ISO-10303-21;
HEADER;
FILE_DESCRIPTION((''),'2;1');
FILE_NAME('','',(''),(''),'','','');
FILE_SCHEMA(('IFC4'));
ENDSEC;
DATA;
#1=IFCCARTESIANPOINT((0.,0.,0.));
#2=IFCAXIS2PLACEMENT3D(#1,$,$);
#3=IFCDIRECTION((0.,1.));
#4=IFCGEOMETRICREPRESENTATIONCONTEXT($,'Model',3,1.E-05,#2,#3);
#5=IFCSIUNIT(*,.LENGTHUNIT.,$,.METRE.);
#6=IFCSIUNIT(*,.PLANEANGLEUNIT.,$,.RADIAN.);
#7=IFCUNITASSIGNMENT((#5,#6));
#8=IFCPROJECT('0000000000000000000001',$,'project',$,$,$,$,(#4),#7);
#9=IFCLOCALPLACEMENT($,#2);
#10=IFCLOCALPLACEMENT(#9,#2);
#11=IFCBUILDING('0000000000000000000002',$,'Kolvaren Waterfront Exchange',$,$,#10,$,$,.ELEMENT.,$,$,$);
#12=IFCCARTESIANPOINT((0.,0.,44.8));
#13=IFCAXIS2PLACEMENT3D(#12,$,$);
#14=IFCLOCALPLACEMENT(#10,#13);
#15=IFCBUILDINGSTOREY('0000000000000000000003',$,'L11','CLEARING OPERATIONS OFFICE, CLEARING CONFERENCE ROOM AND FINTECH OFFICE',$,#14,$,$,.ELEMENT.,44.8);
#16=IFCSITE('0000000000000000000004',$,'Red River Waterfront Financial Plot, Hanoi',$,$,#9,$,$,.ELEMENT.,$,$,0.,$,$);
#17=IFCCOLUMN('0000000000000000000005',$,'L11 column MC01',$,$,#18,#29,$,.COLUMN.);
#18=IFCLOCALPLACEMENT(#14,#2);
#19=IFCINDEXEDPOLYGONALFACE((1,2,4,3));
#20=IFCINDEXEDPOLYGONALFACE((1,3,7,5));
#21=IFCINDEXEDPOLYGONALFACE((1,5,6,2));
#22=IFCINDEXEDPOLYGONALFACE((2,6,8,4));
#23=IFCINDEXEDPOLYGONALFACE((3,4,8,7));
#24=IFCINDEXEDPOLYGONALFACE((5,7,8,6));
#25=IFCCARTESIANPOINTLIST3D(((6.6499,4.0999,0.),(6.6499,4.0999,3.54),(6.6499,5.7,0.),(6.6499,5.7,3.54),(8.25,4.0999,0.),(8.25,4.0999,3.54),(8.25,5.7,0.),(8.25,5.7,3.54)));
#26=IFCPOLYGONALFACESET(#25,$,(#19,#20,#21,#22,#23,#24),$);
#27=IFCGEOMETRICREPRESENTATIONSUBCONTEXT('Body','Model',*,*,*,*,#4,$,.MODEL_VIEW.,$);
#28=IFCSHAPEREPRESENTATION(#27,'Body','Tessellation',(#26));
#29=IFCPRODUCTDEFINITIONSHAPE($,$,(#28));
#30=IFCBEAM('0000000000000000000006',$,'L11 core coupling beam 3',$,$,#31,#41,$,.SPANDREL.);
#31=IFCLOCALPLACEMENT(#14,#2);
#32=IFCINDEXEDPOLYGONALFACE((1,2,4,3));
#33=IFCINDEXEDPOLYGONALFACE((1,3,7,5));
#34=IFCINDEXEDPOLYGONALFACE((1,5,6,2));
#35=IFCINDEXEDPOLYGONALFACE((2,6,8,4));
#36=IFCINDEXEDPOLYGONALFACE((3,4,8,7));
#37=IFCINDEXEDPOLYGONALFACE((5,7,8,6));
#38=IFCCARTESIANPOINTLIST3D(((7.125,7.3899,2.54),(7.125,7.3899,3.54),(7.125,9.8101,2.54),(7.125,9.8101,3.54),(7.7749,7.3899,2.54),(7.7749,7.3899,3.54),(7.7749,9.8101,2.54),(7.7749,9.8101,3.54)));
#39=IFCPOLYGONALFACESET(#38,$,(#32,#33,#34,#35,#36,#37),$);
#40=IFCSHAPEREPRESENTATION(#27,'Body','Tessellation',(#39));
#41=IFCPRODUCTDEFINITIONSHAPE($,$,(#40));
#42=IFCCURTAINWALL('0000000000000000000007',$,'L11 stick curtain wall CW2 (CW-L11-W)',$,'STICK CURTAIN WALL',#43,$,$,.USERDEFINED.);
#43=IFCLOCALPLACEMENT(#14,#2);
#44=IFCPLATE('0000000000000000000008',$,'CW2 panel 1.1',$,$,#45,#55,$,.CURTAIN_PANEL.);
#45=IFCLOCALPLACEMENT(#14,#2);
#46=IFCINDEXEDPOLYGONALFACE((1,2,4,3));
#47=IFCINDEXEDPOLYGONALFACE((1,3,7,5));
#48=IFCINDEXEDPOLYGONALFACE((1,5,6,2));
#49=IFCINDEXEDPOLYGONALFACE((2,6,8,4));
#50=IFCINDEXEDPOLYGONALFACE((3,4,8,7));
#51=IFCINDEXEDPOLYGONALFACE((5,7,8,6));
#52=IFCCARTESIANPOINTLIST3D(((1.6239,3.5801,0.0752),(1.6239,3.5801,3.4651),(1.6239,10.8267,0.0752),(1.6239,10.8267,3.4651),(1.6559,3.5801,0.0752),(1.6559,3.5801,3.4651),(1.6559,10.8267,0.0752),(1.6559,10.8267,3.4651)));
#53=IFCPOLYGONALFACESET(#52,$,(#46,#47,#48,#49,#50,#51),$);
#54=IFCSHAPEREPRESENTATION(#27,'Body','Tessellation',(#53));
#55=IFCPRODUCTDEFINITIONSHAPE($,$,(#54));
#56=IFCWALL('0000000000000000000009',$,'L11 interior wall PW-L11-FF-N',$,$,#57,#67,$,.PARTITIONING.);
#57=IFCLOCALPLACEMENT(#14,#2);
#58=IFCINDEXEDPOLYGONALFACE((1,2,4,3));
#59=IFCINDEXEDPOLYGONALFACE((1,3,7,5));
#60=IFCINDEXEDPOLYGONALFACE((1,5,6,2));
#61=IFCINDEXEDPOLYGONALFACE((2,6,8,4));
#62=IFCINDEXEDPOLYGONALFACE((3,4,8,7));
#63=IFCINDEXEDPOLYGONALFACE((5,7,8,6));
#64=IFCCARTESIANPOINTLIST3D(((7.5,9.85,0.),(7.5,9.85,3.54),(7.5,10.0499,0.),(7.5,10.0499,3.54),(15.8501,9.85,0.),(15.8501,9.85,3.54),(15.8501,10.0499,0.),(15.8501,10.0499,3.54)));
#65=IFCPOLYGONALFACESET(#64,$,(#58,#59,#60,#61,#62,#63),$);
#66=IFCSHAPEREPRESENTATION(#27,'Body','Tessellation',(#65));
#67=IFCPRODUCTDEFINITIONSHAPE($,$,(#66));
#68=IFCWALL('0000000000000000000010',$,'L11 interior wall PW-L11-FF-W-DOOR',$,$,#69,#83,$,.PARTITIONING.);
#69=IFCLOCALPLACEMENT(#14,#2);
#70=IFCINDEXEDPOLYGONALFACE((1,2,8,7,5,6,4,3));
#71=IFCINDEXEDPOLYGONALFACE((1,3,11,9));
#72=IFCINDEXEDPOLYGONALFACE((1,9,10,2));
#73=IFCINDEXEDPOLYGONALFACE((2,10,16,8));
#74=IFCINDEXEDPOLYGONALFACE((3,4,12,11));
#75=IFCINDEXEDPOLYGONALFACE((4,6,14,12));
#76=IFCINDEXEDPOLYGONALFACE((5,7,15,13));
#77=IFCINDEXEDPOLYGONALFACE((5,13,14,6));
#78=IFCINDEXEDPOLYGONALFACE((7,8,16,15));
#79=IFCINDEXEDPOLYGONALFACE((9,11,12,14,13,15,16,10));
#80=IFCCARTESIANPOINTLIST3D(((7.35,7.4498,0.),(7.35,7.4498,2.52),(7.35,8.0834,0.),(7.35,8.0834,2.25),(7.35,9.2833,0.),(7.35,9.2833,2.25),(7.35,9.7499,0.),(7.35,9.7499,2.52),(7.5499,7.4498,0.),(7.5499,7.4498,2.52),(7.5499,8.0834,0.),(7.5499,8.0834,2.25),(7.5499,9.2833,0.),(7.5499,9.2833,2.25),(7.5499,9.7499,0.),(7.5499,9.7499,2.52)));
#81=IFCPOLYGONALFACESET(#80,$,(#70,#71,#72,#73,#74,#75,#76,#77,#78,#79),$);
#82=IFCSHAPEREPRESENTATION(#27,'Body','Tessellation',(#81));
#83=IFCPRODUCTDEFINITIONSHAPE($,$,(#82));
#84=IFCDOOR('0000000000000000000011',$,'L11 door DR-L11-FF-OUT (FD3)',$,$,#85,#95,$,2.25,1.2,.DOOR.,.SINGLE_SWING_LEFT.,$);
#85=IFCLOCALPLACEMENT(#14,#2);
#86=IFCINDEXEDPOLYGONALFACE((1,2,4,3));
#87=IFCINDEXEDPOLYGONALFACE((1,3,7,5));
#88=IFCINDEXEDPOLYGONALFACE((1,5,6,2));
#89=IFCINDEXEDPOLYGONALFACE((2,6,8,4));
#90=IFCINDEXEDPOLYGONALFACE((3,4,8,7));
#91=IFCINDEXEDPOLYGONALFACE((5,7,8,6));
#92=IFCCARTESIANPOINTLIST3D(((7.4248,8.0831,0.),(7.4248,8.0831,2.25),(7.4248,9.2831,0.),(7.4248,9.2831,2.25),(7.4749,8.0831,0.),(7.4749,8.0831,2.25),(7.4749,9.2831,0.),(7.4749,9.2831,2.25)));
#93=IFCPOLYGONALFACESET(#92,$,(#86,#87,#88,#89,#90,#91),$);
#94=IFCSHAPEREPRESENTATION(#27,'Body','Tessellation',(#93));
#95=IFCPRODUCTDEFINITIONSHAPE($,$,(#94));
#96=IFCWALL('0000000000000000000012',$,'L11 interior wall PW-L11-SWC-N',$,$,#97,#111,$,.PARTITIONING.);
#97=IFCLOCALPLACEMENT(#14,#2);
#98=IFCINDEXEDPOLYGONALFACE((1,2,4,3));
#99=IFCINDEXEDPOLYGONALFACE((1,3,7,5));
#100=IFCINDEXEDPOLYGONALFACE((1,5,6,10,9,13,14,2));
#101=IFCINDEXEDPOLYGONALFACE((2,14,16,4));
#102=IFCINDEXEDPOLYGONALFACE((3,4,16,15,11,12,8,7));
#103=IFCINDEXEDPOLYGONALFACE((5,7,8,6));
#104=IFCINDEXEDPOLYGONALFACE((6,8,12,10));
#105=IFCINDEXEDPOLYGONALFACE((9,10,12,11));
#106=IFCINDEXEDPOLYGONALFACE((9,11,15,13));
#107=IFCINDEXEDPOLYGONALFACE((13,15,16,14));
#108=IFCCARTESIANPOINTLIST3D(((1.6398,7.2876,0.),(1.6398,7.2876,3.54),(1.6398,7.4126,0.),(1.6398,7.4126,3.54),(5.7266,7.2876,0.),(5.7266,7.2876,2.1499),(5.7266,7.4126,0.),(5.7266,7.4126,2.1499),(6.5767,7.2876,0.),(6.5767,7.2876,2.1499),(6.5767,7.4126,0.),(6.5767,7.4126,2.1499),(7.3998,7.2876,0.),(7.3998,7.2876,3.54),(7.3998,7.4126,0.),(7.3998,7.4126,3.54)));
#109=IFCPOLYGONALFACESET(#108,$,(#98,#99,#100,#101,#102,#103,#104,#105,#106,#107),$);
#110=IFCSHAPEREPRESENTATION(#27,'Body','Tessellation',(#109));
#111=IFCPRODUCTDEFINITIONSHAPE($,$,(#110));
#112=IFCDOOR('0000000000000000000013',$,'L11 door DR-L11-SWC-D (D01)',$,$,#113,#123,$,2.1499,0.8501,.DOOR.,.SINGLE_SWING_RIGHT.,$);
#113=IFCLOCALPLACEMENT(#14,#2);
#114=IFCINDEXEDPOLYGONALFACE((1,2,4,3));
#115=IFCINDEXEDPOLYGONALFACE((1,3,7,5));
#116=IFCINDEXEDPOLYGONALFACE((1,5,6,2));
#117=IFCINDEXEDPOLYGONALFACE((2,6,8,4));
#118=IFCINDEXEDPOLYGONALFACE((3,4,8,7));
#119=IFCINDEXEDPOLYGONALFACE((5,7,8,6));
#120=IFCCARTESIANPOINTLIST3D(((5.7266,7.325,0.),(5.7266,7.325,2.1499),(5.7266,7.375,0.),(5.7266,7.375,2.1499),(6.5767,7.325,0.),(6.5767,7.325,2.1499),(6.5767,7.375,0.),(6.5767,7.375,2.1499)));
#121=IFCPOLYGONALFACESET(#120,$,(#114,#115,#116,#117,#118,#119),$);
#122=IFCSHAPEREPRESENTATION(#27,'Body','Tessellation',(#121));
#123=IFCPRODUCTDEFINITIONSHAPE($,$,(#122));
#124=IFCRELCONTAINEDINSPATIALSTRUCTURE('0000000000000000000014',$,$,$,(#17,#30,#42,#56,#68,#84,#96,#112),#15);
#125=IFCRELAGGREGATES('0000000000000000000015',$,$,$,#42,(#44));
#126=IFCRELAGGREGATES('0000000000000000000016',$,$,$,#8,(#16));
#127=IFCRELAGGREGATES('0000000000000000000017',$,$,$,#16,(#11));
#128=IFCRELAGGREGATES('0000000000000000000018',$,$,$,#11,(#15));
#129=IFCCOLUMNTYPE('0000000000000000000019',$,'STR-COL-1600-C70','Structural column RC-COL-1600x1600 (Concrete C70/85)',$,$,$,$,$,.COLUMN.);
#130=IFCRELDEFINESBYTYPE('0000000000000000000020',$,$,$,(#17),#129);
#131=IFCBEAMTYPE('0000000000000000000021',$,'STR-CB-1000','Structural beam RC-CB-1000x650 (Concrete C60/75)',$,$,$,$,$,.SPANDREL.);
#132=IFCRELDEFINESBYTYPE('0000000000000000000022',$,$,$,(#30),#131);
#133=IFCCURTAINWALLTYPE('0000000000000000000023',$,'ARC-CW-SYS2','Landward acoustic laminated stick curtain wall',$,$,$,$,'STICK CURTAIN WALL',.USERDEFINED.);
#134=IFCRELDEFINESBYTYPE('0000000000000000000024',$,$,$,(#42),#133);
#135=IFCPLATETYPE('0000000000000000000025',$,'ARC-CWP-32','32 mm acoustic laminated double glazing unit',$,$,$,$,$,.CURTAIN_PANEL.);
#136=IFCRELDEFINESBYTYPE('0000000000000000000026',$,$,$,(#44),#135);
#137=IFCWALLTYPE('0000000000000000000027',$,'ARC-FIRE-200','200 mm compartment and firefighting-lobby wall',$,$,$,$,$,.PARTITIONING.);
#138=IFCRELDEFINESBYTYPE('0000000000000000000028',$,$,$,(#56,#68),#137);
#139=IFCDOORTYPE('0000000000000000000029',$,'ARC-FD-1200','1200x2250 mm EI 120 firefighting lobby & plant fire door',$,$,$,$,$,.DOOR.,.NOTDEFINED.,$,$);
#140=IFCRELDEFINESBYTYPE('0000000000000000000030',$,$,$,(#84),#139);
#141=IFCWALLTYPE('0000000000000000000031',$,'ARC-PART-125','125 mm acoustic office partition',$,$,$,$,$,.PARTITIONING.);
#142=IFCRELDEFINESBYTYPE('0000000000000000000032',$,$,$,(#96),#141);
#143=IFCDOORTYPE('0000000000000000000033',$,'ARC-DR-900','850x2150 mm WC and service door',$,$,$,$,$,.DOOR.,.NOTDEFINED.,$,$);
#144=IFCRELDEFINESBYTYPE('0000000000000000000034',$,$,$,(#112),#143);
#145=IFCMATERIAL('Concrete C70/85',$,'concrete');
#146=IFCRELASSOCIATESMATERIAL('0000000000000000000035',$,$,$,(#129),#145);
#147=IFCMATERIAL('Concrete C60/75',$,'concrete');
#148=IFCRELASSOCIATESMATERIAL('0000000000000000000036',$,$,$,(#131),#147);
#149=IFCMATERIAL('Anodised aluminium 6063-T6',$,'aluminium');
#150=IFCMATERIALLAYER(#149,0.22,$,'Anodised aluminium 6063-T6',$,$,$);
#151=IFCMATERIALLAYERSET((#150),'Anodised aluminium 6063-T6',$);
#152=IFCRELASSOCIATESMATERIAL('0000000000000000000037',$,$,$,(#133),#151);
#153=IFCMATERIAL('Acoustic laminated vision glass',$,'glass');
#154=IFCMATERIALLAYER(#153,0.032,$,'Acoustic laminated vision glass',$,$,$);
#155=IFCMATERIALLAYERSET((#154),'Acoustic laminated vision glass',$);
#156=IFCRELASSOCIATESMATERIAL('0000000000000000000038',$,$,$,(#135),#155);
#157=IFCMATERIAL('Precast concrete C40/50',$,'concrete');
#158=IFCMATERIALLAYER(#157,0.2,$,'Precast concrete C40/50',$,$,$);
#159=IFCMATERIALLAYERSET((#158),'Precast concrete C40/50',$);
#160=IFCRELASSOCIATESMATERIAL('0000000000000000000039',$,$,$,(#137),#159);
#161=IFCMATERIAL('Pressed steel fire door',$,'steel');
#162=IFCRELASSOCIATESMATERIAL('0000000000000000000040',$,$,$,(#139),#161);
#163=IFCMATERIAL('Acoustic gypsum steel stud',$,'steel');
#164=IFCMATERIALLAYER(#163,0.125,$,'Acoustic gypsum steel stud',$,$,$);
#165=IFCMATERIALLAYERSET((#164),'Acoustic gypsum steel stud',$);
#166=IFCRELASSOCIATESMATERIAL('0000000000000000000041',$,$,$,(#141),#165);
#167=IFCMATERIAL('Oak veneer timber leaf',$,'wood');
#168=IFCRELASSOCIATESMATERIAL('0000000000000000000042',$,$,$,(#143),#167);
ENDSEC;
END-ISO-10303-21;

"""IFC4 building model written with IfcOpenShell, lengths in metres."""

from ifc_helpers import new_model, si_unit, direction, frame, frame_2d, origin, origin_with_axes, origin_2d, place, context, subcontext, project, spatial, rectangle, extrude, source, transform, mapped, material, layer, layer_set, material_profile, profile_set, type_object, element, fill, aggregate, save


model = new_model("IFC4")

# Units and contexts
model_context = context("Model", 3, precision=1e-05, world=origin(), true_north=direction((0.0, 1.0)))
body_context = subcontext(model_context, "Body", "Model", "MODEL_VIEW")
ifc_project = project(units=[si_unit("LENGTHUNIT", "METRE"), si_unit("PLANEANGLEUNIT", "RADIAN")], contexts=[model_context])

# Site, building, storey
site_placement = place(None, origin())
site = spatial("IfcSite", under=ifc_project, at=site_placement, Name="Red River Waterfront Financial Plot, Hanoi", CompositionType="ELEMENT", RefElevation=0.0)
building_placement = place(site_placement, origin())
building = spatial("IfcBuilding", under=site, at=building_placement, Name="Kolvaren Waterfront Exchange", CompositionType="ELEMENT")
storey_placement = place(building_placement, frame((0.0, 0.0, 44.8)))
storey = spatial("IfcBuildingStorey", under=building, at=storey_placement, Name="L11", Description="CLEARING OPERATIONS OFFICE, CLEARING CONFERENCE ROOM AND FINTECH OFFICE", CompositionType="ELEMENT", Elevation=44.8)

# Column
ifc_material_1 = material(Name="Concrete C70/85", Category="concrete")
ifc_material_profile_1 = material_profile(ifc_material_1, rectangle(XDim=1.6001, YDim=1.6001, at=origin_2d()), Name="RC-COL-1600x1600")
ifc_profile_set_1 = profile_set([ifc_material_profile_1], Name="Concrete C70/85")
column_type = type_object("IfcColumnType", Name="STR-COL-1600-C70", Description="Structural column RC-COL-1600x1600 (Concrete C70/85)", PredefinedType="COLUMN", material=ifc_profile_set_1)
column_placement = place(storey_placement, frame((7.45, 4.8999, 0.0), z_axis=(0.0, 0.0, 1.0), x_axis=(1.0, 0.0, 0.0)))
element("IfcColumn", 1, at=column_placement, inside=storey, type_object=column_type, Name="L11 column MC01", PredefinedType="COLUMN", context=body_context, shape_type="SweptSolid", body=[
    extrude(rectangle(XDim=1.6001, YDim=1.6001, at=origin_2d()), origin(), (0.0, 0.0, 1.0), 3.54),
])

# Beam
ifc_material_2 = material(Name="Concrete C60/75", Category="concrete")
ifc_material_profile_2 = material_profile(ifc_material_2, rectangle(XDim=0.6499, YDim=1.0, at=origin_2d()), Name="RC-CB-1000x650")
ifc_profile_set_2 = profile_set([ifc_material_profile_2], Name="Concrete C60/75")
beam_type = type_object("IfcBeamType", Name="STR-CB-1000", Description="Structural beam RC-CB-1000x650 (Concrete C60/75)", PredefinedType="SPANDREL", material=ifc_profile_set_2)
beam_placement = place(storey_placement, frame((7.45, 7.3899, 3.04), z_axis=(0.0, 1.0, 0.0), x_axis=(-1.0, 0.0, 0.0)))
element("IfcBeam", 2, at=beam_placement, inside=storey, type_object=beam_type, Name="L11 core coupling beam 3", PredefinedType="SPANDREL", context=body_context, shape_type="SweptSolid", body=[
    extrude(rectangle(XDim=0.6499, YDim=1.0, at=origin_2d()), origin(), (0.0, 0.0, 1.0), 2.4202),
])

# Curtain wall, plate
ifc_material_3 = material(Name="Anodised aluminium 6063-T6", Category="aluminium")
ifc_layer_1 = layer(ifc_material_3, 0.22, Name="Anodised aluminium 6063-T6")
ifc_layer_set_1 = layer_set([ifc_layer_1], Name="Anodised aluminium 6063-T6")
curtain_wall_type = type_object("IfcCurtainWallType", Name="ARC-CW-SYS2", Description="Landward acoustic laminated stick curtain wall", ElementType="STICK CURTAIN WALL", PredefinedType="USERDEFINED", material=ifc_layer_set_1)
curtain_wall_placement = place(storey_placement, origin())
curtain_wall = element("IfcCurtainWall", 3, at=curtain_wall_placement, inside=storey, type_object=curtain_wall_type, Name="L11 stick curtain wall CW2 (CW-L11-W)", ObjectType="STICK CURTAIN WALL", PredefinedType="USERDEFINED")
ifc_material_4 = material(Name="Acoustic laminated vision glass", Category="glass")
ifc_layer_2 = layer(ifc_material_4, 0.032, Name="Acoustic laminated vision glass")
ifc_layer_set_2 = layer_set([ifc_layer_2], Name="Acoustic laminated vision glass")
plate_type = type_object("IfcPlateType", Name="ARC-CWP-32", Description="32 mm acoustic laminated double glazing unit", PredefinedType="CURTAIN_PANEL", material=ifc_layer_set_2)
shared_shape = source(origin_with_axes(), body_context, "Body", "SweptSolid", [
    extrude(rectangle(XDim=7.2466, YDim=0.032, at=origin_2d()), origin(), (0.0, 0.0, 1.0), 3.3899),
])
plate_placement = place(storey_placement, frame((1.6399, 7.2034, 0.0752), z_axis=(0.0, 0.0, 1.0), x_axis=(0.0, 1.0, 0.0)))
plate = element("IfcPlate", 4, at=plate_placement, type_object=plate_type, Name="CW2 panel 1.1", PredefinedType="CURTAIN_PANEL", context=body_context, shape_type="MappedRepresentation", body=[
    mapped(shared_shape, transform((0.0, 0.0, 0.0), x_axis=(1.0, 0.0, 0.0), y_axis=(0.0, 1.0, 0.0), z_axis=(0.0, 0.0, 1.0), scale=1.0)),
])
aggregate(curtain_wall, [plate])

# Wall
ifc_material_5 = material(Name="Precast concrete C40/50", Category="concrete")
ifc_layer_3 = layer(ifc_material_5, 0.2, Name="Precast concrete C40/50")
ifc_layer_set_3 = layer_set([ifc_layer_3], Name="Precast concrete C40/50")
wall_type_1 = type_object("IfcWallType", Name="ARC-FIRE-200", Description="200 mm compartment and firefighting-lobby wall", PredefinedType="PARTITIONING", material=ifc_layer_set_3)
wall_1_placement = place(storey_placement, frame((7.5, 9.95, 0.0), z_axis=(0.0, 0.0, 1.0), x_axis=(1.0, 0.0, 0.0)))
element("IfcWall", 5, at=wall_1_placement, inside=storey, type_object=wall_type_1, Name="L11 interior wall PW-L11-FF-N", PredefinedType="PARTITIONING", context=body_context, shape_type="SweptSolid", body=[
    extrude(rectangle(XDim=8.3501, YDim=0.2, at=frame_2d((4.175, 0.0))), origin(), (0.0, 0.0, 1.0), 3.54),
])

# Walls, openings, doors
wall_2_placement = place(storey_placement, frame((7.45, 7.45, 0.0), z_axis=(0.0, 0.0, 1.0), x_axis=(0.0, 1.0, 0.0)))
wall_2 = element("IfcWall", 6, at=wall_2_placement, inside=storey, type_object=wall_type_1, Name="L11 interior wall PW-L11-FF-W-DOOR", PredefinedType="PARTITIONING", context=body_context, shape_type="SweptSolid", body=[
    extrude(rectangle(XDim=2.3, YDim=0.2, at=frame_2d((1.1499, 0.0))), origin(), (0.0, 0.0, 1.0), 2.52),
])
opening_1_placement = place(wall_2_placement, frame((0.6333, 0.0, 0.0)))
opening_1 = element("IfcOpeningElement", 7, at=opening_1_placement, cuts=wall_2, PredefinedType="OPENING", context=body_context, shape_type="SweptSolid", body=[
    extrude(rectangle(XDim=1.2, YDim=2.25, at=frame_2d((0.6001, 1.125))), frame((0.0, 0.1099, 0.0), z_axis=(0.0, -1.0, 0.0), x_axis=(1.0, 0.0, 0.0)), (0.0, 0.0, 1.0), 0.22),
])
ifc_material_6 = material(Name="Pressed steel fire door", Category="steel")
door_type_1 = type_object("IfcDoorType", Name="ARC-FD-1200", Description="1200x2250 mm EI 120 firefighting lobby & plant fire door", OperationType="NOTDEFINED", PredefinedType="DOOR", material=ifc_material_6)
door_1_placement = place(opening_1_placement, frame((1.2, 0.0, 0.0), z_axis=(0.0, 0.0, 1.0), x_axis=(-1.0, 0.0, 0.0)))
door_1 = element("IfcDoor", 8, at=door_1_placement, inside=storey, type_object=door_type_1, Name="L11 door DR-L11-FF-OUT (FD3)", OperationType="SINGLE_SWING_LEFT", OverallHeight=2.25, OverallWidth=1.2, PredefinedType="DOOR", context=body_context, shape_type="SweptSolid", body=[
    extrude(rectangle(XDim=1.2, YDim=2.25, at=frame_2d((0.6001, 1.125))), frame((0.0, 0.0249, 0.0), z_axis=(0.0, -1.0, 0.0), x_axis=(1.0, 0.0, 0.0)), (0.0, 0.0, 1.0), 0.05),
])
fill(opening_1, door_1)
ifc_material_7 = material(Name="Acoustic gypsum steel stud", Category="steel")
ifc_layer_4 = layer(ifc_material_7, 0.125, Name="Acoustic gypsum steel stud")
ifc_layer_set_4 = layer_set([ifc_layer_4], Name="Acoustic gypsum steel stud")
wall_type_2 = type_object("IfcWallType", Name="ARC-PART-125", Description="125 mm acoustic office partition", PredefinedType="PARTITIONING", material=ifc_layer_set_4)
wall_3_placement = place(storey_placement, frame((1.6399, 7.3501, 0.0), z_axis=(0.0, 0.0, 1.0), x_axis=(1.0, 0.0, 0.0)))
wall_3 = element("IfcWall", 9, at=wall_3_placement, inside=storey, type_object=wall_type_2, Name="L11 interior wall PW-L11-SWC-N", PredefinedType="PARTITIONING", context=body_context, shape_type="SweptSolid", body=[
    extrude(rectangle(XDim=5.76, YDim=0.125, at=frame_2d((2.8799, 0.0))), origin(), (0.0, 0.0, 1.0), 3.54),
])
opening_2_placement = place(wall_3_placement, frame((4.0867, 0.0, 0.0)))
opening_2 = element("IfcOpeningElement", 10, at=opening_2_placement, cuts=wall_3, PredefinedType="OPENING", context=body_context, shape_type="SweptSolid", body=[
    extrude(rectangle(XDim=0.8501, YDim=2.1499, at=frame_2d((0.425, 1.075))), frame((0.0, 0.0725, 0.0), z_axis=(0.0, -1.0, 0.0), x_axis=(1.0, 0.0, 0.0)), (0.0, 0.0, 1.0), 0.145),
])
ifc_material_8 = material(Name="Oak veneer timber leaf", Category="wood")
door_type_2 = type_object("IfcDoorType", Name="ARC-DR-900", Description="850x2150 mm WC and service door", OperationType="NOTDEFINED", PredefinedType="DOOR", material=ifc_material_8)
door_2_placement = place(opening_2_placement, origin())
door_2 = element("IfcDoor", 11, at=door_2_placement, inside=storey, type_object=door_type_2, Name="L11 door DR-L11-SWC-D (D01)", OperationType="SINGLE_SWING_RIGHT", OverallHeight=2.1499, OverallWidth=0.8501, PredefinedType="DOOR", context=body_context, shape_type="SweptSolid", body=[
    extrude(rectangle(XDim=0.8501, YDim=2.1499, at=frame_2d((0.425, 1.075))), frame((0.0, 0.0249, 0.0), z_axis=(0.0, -1.0, 0.0), x_axis=(1.0, 0.0, 0.0)), (0.0, 0.0, 1.0), 0.05),
])
fill(opening_2, door_2)

save(model, "model.ifc")
